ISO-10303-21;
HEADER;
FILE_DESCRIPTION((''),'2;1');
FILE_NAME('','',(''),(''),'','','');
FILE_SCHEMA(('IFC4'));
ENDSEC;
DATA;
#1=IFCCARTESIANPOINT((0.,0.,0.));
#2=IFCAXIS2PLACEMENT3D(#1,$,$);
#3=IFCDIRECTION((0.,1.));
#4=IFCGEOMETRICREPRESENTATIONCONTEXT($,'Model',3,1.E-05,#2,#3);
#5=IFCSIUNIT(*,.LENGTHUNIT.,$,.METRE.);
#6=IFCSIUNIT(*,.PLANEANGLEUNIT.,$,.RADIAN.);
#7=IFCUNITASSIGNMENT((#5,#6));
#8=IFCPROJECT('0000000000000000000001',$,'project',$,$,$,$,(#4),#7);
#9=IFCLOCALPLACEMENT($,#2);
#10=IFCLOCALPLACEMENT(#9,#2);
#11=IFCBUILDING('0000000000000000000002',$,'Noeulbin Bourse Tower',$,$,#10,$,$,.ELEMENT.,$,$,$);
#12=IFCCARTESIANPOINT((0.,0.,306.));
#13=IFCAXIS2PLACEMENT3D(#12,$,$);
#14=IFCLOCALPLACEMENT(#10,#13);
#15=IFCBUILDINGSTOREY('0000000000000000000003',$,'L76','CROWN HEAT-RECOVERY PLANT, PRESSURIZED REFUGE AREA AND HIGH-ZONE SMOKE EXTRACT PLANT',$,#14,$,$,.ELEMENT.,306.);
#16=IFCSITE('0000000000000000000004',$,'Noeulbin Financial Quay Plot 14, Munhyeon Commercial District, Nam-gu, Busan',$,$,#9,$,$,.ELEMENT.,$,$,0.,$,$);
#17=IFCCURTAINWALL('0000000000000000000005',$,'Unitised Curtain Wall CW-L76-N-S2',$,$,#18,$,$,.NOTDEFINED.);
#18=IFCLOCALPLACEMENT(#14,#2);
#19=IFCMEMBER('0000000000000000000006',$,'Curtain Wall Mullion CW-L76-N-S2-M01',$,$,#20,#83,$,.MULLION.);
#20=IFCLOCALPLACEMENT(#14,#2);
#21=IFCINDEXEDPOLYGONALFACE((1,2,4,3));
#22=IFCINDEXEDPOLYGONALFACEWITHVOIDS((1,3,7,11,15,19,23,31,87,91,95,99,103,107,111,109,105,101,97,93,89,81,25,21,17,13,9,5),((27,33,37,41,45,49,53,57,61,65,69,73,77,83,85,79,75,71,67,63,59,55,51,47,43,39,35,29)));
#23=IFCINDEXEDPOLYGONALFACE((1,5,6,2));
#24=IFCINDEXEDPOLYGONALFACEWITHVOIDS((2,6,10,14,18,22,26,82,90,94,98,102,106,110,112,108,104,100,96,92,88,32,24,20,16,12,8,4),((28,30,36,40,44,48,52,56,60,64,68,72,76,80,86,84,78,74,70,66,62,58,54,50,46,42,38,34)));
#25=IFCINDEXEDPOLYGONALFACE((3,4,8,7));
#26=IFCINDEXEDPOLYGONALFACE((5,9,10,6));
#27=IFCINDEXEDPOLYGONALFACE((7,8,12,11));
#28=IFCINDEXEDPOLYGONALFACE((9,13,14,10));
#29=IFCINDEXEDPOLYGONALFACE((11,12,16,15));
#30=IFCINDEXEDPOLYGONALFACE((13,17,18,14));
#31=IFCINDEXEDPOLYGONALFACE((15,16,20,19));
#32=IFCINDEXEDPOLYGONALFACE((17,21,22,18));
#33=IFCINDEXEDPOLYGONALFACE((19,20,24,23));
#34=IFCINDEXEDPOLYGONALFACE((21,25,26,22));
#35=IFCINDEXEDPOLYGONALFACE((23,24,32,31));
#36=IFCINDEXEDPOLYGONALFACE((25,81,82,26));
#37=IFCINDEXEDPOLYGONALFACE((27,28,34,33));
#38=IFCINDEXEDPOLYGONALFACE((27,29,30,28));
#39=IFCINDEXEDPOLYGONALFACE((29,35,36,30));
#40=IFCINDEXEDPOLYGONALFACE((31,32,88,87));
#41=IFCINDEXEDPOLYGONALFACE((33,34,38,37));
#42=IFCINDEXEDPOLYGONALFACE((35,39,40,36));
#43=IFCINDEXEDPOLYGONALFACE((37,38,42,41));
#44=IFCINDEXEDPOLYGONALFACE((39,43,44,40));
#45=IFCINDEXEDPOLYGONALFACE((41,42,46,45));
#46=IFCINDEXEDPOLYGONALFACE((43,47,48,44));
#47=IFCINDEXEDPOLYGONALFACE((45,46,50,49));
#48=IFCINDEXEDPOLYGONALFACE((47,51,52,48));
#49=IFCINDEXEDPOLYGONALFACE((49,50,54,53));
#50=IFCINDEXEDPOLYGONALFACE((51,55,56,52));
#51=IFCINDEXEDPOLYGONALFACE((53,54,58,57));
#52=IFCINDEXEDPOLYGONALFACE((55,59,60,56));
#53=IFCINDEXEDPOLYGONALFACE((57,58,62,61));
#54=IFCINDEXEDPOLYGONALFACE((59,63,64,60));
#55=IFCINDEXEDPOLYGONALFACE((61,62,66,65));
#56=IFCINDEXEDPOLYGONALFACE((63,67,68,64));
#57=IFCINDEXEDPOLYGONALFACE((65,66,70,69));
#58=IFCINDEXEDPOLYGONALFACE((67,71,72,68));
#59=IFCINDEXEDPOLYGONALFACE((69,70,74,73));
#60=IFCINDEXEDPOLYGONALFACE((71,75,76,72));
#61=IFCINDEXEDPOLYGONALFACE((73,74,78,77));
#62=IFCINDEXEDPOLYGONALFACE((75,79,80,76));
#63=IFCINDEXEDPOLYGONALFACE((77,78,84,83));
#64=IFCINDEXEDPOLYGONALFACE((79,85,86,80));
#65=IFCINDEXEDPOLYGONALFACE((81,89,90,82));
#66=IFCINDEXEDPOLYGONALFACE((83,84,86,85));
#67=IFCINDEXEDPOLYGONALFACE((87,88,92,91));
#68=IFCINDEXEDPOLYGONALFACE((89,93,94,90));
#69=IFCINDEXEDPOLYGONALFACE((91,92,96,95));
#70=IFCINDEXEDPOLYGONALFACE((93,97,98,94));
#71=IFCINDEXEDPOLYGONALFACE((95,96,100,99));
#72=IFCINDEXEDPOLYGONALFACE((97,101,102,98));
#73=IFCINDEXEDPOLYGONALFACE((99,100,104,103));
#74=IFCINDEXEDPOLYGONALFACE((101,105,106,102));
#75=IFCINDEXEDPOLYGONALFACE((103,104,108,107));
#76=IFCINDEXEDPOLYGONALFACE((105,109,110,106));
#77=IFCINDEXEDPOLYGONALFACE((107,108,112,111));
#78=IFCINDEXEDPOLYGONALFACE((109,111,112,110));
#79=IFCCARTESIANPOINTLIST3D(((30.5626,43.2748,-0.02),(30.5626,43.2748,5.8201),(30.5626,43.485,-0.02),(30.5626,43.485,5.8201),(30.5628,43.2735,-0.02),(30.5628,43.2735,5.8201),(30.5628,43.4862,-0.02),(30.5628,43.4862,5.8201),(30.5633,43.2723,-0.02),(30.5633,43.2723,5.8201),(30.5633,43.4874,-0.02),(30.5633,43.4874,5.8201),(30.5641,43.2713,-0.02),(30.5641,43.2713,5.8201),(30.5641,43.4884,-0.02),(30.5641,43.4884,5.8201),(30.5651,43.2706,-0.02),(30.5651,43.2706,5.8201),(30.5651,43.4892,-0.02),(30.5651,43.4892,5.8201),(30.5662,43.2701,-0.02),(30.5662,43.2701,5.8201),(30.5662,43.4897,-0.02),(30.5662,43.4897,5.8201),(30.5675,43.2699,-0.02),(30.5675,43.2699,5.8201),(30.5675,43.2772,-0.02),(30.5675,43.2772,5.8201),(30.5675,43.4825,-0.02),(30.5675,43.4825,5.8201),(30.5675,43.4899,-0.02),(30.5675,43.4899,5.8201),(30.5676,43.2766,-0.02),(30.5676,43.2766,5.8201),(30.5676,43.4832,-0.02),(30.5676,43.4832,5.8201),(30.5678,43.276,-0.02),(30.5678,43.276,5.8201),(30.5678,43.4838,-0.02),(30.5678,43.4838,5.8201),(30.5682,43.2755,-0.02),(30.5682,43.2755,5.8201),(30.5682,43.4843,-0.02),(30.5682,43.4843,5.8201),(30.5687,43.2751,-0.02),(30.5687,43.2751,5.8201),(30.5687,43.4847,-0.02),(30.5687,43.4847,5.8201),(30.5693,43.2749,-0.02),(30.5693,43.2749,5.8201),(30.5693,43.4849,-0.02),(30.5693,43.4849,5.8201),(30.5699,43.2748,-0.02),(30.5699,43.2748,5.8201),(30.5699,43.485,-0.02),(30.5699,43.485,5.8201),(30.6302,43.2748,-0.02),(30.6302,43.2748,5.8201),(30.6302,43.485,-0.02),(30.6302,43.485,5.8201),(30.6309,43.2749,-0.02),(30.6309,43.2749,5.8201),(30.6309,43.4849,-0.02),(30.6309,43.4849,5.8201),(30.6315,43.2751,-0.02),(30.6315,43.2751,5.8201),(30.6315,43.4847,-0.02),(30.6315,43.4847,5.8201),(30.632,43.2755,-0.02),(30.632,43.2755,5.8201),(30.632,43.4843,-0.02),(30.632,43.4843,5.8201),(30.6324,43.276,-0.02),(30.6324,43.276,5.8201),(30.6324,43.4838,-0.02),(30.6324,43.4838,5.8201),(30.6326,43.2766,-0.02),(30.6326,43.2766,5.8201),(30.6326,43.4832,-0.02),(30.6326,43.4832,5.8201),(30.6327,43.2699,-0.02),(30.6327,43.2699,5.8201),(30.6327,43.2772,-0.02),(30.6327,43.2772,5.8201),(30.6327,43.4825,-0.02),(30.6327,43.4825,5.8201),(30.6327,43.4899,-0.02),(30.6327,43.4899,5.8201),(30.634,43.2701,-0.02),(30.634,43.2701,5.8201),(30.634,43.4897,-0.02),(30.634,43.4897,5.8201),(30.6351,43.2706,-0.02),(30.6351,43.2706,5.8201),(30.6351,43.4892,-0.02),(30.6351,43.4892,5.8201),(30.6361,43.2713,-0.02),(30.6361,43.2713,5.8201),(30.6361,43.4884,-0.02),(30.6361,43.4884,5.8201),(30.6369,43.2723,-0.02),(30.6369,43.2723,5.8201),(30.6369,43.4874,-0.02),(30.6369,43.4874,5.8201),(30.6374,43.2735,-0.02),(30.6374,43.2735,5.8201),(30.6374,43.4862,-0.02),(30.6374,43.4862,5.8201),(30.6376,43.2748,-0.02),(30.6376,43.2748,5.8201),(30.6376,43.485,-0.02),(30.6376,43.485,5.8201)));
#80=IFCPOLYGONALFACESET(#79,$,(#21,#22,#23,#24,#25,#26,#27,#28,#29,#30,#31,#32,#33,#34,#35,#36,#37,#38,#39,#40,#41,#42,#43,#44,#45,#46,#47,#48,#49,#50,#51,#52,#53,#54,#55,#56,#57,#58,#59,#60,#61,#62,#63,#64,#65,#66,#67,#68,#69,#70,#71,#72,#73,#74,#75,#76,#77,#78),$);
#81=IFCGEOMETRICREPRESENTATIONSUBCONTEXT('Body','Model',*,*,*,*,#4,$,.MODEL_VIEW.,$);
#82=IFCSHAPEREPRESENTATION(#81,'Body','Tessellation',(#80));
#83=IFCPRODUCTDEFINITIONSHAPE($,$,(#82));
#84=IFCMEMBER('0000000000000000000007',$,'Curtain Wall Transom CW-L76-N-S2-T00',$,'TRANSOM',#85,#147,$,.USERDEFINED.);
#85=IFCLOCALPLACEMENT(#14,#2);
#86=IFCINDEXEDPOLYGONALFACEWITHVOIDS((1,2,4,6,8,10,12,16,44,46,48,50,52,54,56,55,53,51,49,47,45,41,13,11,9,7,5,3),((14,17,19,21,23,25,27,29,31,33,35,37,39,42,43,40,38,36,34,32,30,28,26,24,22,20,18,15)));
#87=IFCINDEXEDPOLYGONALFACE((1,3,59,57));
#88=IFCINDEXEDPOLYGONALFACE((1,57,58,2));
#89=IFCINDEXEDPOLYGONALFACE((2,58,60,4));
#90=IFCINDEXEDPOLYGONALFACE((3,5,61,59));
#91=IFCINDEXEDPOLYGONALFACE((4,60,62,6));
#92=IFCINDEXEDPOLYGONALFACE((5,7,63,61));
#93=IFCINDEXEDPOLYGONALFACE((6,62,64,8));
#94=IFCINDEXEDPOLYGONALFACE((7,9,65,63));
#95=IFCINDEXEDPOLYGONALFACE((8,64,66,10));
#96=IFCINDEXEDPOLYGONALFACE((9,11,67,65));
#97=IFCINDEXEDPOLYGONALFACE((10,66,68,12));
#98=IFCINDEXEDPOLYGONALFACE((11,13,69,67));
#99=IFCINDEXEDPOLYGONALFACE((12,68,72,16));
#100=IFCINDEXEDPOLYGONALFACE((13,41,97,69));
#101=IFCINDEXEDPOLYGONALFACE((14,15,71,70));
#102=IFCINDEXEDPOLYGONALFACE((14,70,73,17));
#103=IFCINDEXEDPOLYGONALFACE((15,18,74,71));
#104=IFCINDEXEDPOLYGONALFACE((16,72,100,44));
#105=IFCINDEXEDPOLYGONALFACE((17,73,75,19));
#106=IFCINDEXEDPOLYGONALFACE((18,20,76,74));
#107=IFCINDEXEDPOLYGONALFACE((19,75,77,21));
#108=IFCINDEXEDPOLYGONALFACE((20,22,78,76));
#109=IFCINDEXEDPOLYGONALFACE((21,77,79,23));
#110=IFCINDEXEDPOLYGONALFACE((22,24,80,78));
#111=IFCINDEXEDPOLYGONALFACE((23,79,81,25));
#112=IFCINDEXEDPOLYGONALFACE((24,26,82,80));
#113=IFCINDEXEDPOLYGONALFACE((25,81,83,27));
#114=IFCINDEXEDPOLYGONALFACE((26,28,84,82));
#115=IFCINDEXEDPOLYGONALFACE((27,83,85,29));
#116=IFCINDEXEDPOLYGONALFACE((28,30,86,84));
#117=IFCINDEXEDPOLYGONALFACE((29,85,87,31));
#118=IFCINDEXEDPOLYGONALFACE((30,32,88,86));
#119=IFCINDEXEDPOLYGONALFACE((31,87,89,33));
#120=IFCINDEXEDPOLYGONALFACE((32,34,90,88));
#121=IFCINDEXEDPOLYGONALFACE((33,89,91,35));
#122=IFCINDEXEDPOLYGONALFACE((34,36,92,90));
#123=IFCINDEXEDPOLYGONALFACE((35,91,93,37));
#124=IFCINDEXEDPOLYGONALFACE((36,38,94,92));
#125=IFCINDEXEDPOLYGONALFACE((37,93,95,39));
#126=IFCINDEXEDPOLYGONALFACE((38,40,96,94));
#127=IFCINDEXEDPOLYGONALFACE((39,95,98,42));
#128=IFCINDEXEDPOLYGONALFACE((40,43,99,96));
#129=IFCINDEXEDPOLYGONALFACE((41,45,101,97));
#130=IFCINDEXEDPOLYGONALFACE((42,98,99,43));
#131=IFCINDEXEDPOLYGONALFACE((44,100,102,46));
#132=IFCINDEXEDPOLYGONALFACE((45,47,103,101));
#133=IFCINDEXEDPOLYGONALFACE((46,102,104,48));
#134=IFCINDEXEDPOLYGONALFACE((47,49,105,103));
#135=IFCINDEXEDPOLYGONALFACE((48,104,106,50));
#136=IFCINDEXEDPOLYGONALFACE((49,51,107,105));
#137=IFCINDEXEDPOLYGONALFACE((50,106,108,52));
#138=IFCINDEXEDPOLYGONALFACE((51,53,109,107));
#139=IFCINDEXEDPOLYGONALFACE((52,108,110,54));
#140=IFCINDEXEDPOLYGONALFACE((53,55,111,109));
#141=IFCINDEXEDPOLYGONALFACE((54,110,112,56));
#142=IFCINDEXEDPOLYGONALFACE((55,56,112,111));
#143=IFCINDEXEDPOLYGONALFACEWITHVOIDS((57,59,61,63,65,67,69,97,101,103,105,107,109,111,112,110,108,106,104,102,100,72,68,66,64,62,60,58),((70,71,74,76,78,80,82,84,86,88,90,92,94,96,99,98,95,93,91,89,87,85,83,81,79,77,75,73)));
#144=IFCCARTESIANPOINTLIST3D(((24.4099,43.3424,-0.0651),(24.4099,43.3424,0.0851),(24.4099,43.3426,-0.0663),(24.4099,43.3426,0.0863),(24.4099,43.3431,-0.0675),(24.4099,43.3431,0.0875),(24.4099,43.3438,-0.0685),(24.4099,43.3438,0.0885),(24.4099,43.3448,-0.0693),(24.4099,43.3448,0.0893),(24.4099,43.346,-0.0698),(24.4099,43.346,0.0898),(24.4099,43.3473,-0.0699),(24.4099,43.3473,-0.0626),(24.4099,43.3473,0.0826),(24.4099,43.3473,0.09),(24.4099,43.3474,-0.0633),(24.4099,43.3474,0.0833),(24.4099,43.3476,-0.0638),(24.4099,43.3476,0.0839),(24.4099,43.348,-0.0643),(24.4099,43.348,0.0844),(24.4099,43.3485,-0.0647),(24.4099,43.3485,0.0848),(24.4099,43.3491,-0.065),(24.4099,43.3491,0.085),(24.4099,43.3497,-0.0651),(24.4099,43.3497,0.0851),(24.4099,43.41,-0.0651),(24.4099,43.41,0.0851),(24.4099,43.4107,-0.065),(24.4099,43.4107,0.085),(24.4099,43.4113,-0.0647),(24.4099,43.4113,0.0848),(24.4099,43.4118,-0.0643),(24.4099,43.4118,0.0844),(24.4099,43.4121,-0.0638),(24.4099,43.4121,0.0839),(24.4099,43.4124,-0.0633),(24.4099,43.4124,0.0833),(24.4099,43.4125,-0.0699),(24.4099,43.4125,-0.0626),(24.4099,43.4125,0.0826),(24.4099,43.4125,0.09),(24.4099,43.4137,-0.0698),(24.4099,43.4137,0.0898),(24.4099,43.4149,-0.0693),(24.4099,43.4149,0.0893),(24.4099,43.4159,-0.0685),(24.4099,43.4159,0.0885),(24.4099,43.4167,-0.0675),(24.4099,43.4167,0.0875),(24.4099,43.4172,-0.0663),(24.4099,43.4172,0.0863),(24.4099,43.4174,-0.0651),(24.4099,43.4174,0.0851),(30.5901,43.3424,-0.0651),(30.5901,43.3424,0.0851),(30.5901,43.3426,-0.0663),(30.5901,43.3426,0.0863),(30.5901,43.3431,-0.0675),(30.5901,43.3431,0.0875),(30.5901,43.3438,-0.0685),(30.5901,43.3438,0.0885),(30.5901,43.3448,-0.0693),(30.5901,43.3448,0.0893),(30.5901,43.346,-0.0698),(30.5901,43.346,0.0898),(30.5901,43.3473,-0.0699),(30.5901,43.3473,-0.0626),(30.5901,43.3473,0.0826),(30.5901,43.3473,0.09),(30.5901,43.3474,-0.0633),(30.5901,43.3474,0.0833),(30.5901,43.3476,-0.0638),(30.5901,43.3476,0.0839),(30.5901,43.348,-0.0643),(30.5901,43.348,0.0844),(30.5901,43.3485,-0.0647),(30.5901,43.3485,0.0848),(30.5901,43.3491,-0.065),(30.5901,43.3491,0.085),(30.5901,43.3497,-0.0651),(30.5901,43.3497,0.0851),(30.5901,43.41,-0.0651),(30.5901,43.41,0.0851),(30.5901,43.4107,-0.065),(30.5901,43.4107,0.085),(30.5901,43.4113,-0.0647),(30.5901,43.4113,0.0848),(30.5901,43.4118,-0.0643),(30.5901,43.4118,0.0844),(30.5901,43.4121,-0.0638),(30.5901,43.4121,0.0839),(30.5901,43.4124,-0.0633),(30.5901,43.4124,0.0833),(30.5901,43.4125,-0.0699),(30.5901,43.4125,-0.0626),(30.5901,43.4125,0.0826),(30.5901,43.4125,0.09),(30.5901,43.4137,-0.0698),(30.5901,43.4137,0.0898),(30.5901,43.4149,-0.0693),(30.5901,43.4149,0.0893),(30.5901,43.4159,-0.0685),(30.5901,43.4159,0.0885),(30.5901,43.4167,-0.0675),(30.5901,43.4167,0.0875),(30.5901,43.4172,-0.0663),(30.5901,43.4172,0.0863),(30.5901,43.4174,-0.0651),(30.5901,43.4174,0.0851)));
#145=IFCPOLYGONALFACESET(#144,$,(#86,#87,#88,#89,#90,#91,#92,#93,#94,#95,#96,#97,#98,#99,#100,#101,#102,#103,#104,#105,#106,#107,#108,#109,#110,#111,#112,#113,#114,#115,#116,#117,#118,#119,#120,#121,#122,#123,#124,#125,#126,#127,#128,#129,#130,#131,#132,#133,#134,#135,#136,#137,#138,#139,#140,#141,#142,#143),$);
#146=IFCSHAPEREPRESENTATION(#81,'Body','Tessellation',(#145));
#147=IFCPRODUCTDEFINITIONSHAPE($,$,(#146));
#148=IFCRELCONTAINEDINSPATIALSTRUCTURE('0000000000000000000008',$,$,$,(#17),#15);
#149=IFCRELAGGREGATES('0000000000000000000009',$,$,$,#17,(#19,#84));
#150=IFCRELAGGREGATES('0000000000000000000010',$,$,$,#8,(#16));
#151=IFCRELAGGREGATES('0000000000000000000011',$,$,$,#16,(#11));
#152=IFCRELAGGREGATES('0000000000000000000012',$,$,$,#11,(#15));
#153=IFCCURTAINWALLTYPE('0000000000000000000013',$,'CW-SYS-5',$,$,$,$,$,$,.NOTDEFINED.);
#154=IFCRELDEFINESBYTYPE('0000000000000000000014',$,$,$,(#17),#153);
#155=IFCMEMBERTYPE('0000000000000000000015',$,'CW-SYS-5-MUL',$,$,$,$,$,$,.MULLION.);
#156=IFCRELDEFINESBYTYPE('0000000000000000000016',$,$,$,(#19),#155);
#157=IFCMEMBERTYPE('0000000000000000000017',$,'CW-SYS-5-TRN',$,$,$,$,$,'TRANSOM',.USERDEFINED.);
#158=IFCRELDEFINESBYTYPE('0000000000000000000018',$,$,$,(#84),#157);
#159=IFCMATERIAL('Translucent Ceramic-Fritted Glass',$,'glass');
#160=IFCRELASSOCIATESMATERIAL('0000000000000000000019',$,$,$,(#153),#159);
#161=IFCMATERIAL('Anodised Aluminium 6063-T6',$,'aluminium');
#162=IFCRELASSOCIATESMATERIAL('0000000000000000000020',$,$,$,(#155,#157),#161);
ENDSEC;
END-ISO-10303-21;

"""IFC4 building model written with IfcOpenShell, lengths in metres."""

from ifc_helpers import new_model, si_unit, direction, frame, origin, origin_2d, place, context, subcontext, project, spatial, hollow_rectangle, extrude, material, material_profile, profile_set, type_object, element, aggregate, save


model = new_model("IFC4")

# Units and contexts
model_context = context("Model", 3, precision=1e-05, world=origin(), true_north=direction((0.0, 1.0)))
body_context = subcontext(model_context, "Body", "Model", "MODEL_VIEW")
ifc_project = project(units=[si_unit("LENGTHUNIT", "METRE"), si_unit("PLANEANGLEUNIT", "RADIAN")], contexts=[model_context])

# Site, building, storey
site_placement = place(None, origin())
site = spatial("IfcSite", under=ifc_project, at=site_placement, Name="Noeulbin Financial Quay Plot 14, Munhyeon Commercial District, Nam-gu, Busan", CompositionType="ELEMENT", RefElevation=0.0)
building_placement = place(site_placement, origin())
building = spatial("IfcBuilding", under=site, at=building_placement, Name="Noeulbin Bourse Tower", CompositionType="ELEMENT")
storey_placement = place(building_placement, frame((0.0, 0.0, 306.0)))
storey = spatial("IfcBuildingStorey", under=building, at=storey_placement, Name="L76", Description="CROWN HEAT-RECOVERY PLANT, PRESSURIZED REFUGE AREA AND HIGH-ZONE SMOKE EXTRACT PLANT", CompositionType="ELEMENT", Elevation=306.0)

# Curtain wall, members
ifc_material_1 = material(Name="Translucent Ceramic-Fritted Glass", Category="glass")
curtain_wall_type = type_object("IfcCurtainWallType", Name="CW-SYS-5", PredefinedType="NOTDEFINED", material=ifc_material_1)
ifc_material_2 = material(Name="Anodised Aluminium 6063-T6", Category="aluminium")
ifc_material_profile_1 = material_profile(ifc_material_2, hollow_rectangle(XDim=0.075, YDim=0.22, WallThickness=0.0049, InnerFilletRadius=0.0024, OuterFilletRadius=0.0049, at=origin_2d()), Name="ALU-MULL-75x220x5", Category="LoadBearing")
ifc_profile_set_1 = profile_set([ifc_material_profile_1], Name="Anodised Aluminium 6063-T6")
member_type_1 = type_object("IfcMemberType", Name="CW-SYS-5-MUL", PredefinedType="MULLION", material=ifc_profile_set_1)
curtain_wall_1_placement = place(storey_placement, origin())
curtain_wall_1 = element("IfcCurtainWall", 1, at=curtain_wall_1_placement, inside=storey, type_object=curtain_wall_type, Name="Unitised Curtain Wall CW-L76-N-S2", PredefinedType="NOTDEFINED")
member_1_placement = place(storey_placement, frame((30.6001, 43.3799, -0.02), z_axis=(0.0, 0.0, 1.0), x_axis=(1.0, 0.0, 0.0)))
member_1 = element("IfcMember", 2, at=member_1_placement, type_object=member_type_1, Name="Curtain Wall Mullion CW-L76-N-S2-M01", PredefinedType="MULLION", context=body_context, shape_type="SweptSolid", body=[
    extrude(hollow_rectangle(XDim=0.075, YDim=0.22, WallThickness=0.0049, InnerFilletRadius=0.0024, OuterFilletRadius=0.0049, at=origin_2d()), origin(), (0.0, 0.0, 1.0), 5.8401),
])
ifc_material_profile_2 = material_profile(ifc_material_2, hollow_rectangle(XDim=0.075, YDim=0.1599, WallThickness=0.0049, InnerFilletRadius=0.0024, OuterFilletRadius=0.0049, at=origin_2d()), Name="ALU-TRAN-75x160x5", Category="LoadBearing")
ifc_profile_set_2 = profile_set([ifc_material_profile_2], Name="Anodised Aluminium 6063-T6")
member_type_2 = type_object("IfcMemberType", Name="CW-SYS-5-TRN", ElementType="TRANSOM", PredefinedType="USERDEFINED", material=ifc_profile_set_2)
member_2_placement = place(storey_placement, frame((24.4099, 43.3799, 0.01), z_axis=(1.0, 0.0, 0.0), x_axis=(0.0, 1.0, 0.0)))
member_2 = element("IfcMember", 3, at=member_2_placement, type_object=member_type_2, Name="Curtain Wall Transom CW-L76-N-S2-T00", ObjectType="TRANSOM", PredefinedType="USERDEFINED", context=body_context, shape_type="SweptSolid", body=[
    extrude(hollow_rectangle(XDim=0.075, YDim=0.1599, WallThickness=0.0049, InnerFilletRadius=0.0024, OuterFilletRadius=0.0049, at=origin_2d()), origin(), (0.0, 0.0, 1.0), 6.1802),
])

aggregate(curtain_wall_1, [member_1, member_2])

save(model, "model.ifc")
